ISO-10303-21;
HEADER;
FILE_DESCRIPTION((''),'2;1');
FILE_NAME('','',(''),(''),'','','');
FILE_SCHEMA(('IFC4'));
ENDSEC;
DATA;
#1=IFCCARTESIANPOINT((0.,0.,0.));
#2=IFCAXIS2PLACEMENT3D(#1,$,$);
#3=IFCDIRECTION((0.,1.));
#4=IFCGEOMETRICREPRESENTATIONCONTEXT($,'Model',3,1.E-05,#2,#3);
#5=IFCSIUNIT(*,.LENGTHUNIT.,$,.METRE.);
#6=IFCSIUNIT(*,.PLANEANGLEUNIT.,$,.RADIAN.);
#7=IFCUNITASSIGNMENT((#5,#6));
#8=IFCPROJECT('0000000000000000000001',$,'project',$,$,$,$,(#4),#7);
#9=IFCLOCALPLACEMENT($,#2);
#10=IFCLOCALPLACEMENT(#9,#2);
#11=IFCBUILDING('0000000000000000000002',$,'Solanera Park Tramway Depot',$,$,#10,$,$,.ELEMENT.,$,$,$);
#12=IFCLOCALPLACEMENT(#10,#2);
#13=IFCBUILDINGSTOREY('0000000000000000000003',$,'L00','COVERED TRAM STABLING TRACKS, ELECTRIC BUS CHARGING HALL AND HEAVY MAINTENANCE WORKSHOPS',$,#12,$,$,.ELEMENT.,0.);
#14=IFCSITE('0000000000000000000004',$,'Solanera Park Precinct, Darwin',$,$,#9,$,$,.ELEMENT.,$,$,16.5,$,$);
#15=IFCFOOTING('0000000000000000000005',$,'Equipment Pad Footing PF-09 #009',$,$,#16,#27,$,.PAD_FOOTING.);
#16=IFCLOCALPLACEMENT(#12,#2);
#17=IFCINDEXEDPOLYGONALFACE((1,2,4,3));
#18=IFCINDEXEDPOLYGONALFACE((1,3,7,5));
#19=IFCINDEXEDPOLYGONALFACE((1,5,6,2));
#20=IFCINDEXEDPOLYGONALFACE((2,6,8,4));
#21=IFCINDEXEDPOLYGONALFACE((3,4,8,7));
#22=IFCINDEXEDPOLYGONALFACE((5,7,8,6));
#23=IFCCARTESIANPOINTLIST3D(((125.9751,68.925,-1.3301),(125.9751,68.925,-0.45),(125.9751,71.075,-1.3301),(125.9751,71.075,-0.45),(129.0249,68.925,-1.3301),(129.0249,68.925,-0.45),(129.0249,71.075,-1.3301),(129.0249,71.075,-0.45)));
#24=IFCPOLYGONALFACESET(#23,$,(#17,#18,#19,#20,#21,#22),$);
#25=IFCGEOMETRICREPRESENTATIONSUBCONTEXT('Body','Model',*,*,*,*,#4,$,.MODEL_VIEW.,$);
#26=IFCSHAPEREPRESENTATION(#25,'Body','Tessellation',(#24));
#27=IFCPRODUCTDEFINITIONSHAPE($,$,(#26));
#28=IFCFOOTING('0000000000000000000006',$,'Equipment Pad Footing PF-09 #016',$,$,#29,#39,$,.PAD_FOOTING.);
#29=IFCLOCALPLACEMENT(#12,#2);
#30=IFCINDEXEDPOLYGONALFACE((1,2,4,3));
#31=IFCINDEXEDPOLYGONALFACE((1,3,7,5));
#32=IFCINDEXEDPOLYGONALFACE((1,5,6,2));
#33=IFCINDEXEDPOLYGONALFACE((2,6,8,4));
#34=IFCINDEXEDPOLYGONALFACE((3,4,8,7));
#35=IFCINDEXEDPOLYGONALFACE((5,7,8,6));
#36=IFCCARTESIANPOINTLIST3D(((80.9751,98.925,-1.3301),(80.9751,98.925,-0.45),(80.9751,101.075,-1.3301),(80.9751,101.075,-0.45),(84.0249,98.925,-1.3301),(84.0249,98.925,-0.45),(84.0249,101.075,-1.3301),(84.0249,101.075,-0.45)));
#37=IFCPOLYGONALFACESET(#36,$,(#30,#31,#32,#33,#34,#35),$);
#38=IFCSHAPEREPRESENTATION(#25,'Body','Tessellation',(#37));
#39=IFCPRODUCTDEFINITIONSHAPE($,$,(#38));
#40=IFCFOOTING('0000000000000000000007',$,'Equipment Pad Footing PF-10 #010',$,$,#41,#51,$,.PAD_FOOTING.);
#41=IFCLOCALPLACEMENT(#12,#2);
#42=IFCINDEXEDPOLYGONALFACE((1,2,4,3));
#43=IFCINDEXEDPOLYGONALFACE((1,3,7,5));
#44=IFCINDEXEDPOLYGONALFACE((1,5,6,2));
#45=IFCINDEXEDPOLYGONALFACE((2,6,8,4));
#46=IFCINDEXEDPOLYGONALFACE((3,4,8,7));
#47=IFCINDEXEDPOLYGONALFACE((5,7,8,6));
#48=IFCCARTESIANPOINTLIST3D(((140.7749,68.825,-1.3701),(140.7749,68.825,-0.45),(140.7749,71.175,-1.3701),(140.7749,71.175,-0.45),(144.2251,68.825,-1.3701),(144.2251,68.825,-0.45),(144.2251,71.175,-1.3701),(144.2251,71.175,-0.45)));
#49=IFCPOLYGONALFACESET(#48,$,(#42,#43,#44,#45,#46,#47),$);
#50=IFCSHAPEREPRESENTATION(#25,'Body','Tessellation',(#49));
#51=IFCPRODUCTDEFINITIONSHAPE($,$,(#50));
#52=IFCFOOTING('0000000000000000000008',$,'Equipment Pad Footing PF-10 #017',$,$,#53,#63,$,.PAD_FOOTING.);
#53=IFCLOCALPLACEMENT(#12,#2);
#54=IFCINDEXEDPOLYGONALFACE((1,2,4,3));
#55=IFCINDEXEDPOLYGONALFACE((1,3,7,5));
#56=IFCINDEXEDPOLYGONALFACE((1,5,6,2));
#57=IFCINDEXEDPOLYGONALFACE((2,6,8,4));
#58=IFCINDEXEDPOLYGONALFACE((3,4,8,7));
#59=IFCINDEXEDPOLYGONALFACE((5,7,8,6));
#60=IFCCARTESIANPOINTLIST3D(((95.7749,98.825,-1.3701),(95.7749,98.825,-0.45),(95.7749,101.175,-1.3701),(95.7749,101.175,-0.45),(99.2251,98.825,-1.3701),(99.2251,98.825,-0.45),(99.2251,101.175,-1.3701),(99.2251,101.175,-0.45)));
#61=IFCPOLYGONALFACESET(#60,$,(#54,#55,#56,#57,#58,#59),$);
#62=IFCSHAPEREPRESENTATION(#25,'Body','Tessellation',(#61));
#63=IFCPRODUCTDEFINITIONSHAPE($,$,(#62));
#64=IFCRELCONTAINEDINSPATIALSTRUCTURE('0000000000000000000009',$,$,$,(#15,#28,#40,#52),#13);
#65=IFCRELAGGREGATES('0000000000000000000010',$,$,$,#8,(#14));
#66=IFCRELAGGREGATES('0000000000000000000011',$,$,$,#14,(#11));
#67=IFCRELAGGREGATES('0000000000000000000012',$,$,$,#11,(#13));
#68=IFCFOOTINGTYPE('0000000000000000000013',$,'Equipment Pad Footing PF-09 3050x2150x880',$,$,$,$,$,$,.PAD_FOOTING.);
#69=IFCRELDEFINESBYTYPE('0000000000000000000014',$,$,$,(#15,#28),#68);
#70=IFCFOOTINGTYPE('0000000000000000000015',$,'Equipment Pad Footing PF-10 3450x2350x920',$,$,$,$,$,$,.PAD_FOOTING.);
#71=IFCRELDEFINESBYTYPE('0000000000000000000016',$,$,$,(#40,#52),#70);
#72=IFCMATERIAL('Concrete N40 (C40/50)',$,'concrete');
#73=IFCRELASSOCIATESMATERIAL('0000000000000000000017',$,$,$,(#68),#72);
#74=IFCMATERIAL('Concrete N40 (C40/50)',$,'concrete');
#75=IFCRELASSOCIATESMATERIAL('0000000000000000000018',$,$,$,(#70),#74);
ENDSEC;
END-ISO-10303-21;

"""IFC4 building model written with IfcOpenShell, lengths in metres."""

from ifc_helpers import new_model, si_unit, direction, frame, origin, place, context, subcontext, project, spatial, polyline, outline, extrude, material, type_object, element, save


model = new_model("IFC4")

# Units and contexts
model_context = context("Model", 3, precision=1e-05, world=origin(), true_north=direction((0.0, 1.0)))
body_context = subcontext(model_context, "Body", "Model", "MODEL_VIEW")
ifc_project = project(units=[si_unit("LENGTHUNIT", "METRE"), si_unit("PLANEANGLEUNIT", "RADIAN")], contexts=[model_context])

# Site, building, storey
site_placement = place(None, origin())
site = spatial("IfcSite", under=ifc_project, at=site_placement, Name="Solanera Park Precinct, Darwin", CompositionType="ELEMENT", RefElevation=16.5)
building_placement = place(site_placement, origin())
building = spatial("IfcBuilding", under=site, at=building_placement, Name="Solanera Park Tramway Depot", CompositionType="ELEMENT")
storey_placement = place(building_placement, origin())
storey = spatial("IfcBuildingStorey", under=building, at=storey_placement, Name="L00", Description="COVERED TRAM STABLING TRACKS, ELECTRIC BUS CHARGING HALL AND HEAVY MAINTENANCE WORKSHOPS", CompositionType="ELEMENT", Elevation=0.0)

# Footings
ifc_material_1 = material(Name="Concrete N40 (C40/50)", Category="concrete")
footing_type_1 = type_object("IfcFootingType", Name="Equipment Pad Footing PF-09 3050x2150x880", PredefinedType="PAD_FOOTING", material=ifc_material_1)
footing_1_placement = place(storey_placement, frame((0.0, 0.0, -1.3301)))
element("IfcFooting", 1, at=footing_1_placement, inside=storey, type_object=footing_type_1, Name="Equipment Pad Footing PF-09 #009", PredefinedType="PAD_FOOTING", context=body_context, shape_type="SweptSolid", body=[
    extrude(outline(polyline([(129.0249, 68.925), (129.0249, 71.075), (125.9751, 71.075), (125.9751, 68.925), (129.0249, 68.925)])), origin(), (0.0, 0.0, 1.0), 0.8801),
])
footing_2_placement = place(storey_placement, frame((0.0, 0.0, -1.3301)))
element("IfcFooting", 2, at=footing_2_placement, inside=storey, type_object=footing_type_1, Name="Equipment Pad Footing PF-09 #016", PredefinedType="PAD_FOOTING", context=body_context, shape_type="SweptSolid", body=[
    extrude(outline(polyline([(84.0249, 98.925), (84.0249, 101.075), (80.9751, 101.075), (80.9751, 98.925), (84.0249, 98.925)])), origin(), (0.0, 0.0, 1.0), 0.8801),
])
ifc_material_2 = material(Name="Concrete N40 (C40/50)", Category="concrete")
footing_type_2 = type_object("IfcFootingType", Name="Equipment Pad Footing PF-10 3450x2350x920", PredefinedType="PAD_FOOTING", material=ifc_material_2)
footing_3_placement = place(storey_placement, frame((0.0, 0.0, -1.3701)))
element("IfcFooting", 3, at=footing_3_placement, inside=storey, type_object=footing_type_2, Name="Equipment Pad Footing PF-10 #010", PredefinedType="PAD_FOOTING", context=body_context, shape_type="SweptSolid", body=[
    extrude(outline(polyline([(144.2251, 68.825), (144.2251, 71.175), (140.7749, 71.175), (140.7749, 68.825), (144.2251, 68.825)])), origin(), (0.0, 0.0, 1.0), 0.9202),
])
footing_4_placement = place(storey_placement, frame((0.0, 0.0, -1.3701)))
element("IfcFooting", 4, at=footing_4_placement, inside=storey, type_object=footing_type_2, Name="Equipment Pad Footing PF-10 #017", PredefinedType="PAD_FOOTING", context=body_context, shape_type="SweptSolid", body=[
    extrude(outline(polyline([(99.2251, 98.825), (99.2251, 101.175), (95.7749, 101.175), (95.7749, 98.825), (99.2251, 98.825)])), origin(), (0.0, 0.0, 1.0), 0.9202),
])

save(model, "model.ifc")
